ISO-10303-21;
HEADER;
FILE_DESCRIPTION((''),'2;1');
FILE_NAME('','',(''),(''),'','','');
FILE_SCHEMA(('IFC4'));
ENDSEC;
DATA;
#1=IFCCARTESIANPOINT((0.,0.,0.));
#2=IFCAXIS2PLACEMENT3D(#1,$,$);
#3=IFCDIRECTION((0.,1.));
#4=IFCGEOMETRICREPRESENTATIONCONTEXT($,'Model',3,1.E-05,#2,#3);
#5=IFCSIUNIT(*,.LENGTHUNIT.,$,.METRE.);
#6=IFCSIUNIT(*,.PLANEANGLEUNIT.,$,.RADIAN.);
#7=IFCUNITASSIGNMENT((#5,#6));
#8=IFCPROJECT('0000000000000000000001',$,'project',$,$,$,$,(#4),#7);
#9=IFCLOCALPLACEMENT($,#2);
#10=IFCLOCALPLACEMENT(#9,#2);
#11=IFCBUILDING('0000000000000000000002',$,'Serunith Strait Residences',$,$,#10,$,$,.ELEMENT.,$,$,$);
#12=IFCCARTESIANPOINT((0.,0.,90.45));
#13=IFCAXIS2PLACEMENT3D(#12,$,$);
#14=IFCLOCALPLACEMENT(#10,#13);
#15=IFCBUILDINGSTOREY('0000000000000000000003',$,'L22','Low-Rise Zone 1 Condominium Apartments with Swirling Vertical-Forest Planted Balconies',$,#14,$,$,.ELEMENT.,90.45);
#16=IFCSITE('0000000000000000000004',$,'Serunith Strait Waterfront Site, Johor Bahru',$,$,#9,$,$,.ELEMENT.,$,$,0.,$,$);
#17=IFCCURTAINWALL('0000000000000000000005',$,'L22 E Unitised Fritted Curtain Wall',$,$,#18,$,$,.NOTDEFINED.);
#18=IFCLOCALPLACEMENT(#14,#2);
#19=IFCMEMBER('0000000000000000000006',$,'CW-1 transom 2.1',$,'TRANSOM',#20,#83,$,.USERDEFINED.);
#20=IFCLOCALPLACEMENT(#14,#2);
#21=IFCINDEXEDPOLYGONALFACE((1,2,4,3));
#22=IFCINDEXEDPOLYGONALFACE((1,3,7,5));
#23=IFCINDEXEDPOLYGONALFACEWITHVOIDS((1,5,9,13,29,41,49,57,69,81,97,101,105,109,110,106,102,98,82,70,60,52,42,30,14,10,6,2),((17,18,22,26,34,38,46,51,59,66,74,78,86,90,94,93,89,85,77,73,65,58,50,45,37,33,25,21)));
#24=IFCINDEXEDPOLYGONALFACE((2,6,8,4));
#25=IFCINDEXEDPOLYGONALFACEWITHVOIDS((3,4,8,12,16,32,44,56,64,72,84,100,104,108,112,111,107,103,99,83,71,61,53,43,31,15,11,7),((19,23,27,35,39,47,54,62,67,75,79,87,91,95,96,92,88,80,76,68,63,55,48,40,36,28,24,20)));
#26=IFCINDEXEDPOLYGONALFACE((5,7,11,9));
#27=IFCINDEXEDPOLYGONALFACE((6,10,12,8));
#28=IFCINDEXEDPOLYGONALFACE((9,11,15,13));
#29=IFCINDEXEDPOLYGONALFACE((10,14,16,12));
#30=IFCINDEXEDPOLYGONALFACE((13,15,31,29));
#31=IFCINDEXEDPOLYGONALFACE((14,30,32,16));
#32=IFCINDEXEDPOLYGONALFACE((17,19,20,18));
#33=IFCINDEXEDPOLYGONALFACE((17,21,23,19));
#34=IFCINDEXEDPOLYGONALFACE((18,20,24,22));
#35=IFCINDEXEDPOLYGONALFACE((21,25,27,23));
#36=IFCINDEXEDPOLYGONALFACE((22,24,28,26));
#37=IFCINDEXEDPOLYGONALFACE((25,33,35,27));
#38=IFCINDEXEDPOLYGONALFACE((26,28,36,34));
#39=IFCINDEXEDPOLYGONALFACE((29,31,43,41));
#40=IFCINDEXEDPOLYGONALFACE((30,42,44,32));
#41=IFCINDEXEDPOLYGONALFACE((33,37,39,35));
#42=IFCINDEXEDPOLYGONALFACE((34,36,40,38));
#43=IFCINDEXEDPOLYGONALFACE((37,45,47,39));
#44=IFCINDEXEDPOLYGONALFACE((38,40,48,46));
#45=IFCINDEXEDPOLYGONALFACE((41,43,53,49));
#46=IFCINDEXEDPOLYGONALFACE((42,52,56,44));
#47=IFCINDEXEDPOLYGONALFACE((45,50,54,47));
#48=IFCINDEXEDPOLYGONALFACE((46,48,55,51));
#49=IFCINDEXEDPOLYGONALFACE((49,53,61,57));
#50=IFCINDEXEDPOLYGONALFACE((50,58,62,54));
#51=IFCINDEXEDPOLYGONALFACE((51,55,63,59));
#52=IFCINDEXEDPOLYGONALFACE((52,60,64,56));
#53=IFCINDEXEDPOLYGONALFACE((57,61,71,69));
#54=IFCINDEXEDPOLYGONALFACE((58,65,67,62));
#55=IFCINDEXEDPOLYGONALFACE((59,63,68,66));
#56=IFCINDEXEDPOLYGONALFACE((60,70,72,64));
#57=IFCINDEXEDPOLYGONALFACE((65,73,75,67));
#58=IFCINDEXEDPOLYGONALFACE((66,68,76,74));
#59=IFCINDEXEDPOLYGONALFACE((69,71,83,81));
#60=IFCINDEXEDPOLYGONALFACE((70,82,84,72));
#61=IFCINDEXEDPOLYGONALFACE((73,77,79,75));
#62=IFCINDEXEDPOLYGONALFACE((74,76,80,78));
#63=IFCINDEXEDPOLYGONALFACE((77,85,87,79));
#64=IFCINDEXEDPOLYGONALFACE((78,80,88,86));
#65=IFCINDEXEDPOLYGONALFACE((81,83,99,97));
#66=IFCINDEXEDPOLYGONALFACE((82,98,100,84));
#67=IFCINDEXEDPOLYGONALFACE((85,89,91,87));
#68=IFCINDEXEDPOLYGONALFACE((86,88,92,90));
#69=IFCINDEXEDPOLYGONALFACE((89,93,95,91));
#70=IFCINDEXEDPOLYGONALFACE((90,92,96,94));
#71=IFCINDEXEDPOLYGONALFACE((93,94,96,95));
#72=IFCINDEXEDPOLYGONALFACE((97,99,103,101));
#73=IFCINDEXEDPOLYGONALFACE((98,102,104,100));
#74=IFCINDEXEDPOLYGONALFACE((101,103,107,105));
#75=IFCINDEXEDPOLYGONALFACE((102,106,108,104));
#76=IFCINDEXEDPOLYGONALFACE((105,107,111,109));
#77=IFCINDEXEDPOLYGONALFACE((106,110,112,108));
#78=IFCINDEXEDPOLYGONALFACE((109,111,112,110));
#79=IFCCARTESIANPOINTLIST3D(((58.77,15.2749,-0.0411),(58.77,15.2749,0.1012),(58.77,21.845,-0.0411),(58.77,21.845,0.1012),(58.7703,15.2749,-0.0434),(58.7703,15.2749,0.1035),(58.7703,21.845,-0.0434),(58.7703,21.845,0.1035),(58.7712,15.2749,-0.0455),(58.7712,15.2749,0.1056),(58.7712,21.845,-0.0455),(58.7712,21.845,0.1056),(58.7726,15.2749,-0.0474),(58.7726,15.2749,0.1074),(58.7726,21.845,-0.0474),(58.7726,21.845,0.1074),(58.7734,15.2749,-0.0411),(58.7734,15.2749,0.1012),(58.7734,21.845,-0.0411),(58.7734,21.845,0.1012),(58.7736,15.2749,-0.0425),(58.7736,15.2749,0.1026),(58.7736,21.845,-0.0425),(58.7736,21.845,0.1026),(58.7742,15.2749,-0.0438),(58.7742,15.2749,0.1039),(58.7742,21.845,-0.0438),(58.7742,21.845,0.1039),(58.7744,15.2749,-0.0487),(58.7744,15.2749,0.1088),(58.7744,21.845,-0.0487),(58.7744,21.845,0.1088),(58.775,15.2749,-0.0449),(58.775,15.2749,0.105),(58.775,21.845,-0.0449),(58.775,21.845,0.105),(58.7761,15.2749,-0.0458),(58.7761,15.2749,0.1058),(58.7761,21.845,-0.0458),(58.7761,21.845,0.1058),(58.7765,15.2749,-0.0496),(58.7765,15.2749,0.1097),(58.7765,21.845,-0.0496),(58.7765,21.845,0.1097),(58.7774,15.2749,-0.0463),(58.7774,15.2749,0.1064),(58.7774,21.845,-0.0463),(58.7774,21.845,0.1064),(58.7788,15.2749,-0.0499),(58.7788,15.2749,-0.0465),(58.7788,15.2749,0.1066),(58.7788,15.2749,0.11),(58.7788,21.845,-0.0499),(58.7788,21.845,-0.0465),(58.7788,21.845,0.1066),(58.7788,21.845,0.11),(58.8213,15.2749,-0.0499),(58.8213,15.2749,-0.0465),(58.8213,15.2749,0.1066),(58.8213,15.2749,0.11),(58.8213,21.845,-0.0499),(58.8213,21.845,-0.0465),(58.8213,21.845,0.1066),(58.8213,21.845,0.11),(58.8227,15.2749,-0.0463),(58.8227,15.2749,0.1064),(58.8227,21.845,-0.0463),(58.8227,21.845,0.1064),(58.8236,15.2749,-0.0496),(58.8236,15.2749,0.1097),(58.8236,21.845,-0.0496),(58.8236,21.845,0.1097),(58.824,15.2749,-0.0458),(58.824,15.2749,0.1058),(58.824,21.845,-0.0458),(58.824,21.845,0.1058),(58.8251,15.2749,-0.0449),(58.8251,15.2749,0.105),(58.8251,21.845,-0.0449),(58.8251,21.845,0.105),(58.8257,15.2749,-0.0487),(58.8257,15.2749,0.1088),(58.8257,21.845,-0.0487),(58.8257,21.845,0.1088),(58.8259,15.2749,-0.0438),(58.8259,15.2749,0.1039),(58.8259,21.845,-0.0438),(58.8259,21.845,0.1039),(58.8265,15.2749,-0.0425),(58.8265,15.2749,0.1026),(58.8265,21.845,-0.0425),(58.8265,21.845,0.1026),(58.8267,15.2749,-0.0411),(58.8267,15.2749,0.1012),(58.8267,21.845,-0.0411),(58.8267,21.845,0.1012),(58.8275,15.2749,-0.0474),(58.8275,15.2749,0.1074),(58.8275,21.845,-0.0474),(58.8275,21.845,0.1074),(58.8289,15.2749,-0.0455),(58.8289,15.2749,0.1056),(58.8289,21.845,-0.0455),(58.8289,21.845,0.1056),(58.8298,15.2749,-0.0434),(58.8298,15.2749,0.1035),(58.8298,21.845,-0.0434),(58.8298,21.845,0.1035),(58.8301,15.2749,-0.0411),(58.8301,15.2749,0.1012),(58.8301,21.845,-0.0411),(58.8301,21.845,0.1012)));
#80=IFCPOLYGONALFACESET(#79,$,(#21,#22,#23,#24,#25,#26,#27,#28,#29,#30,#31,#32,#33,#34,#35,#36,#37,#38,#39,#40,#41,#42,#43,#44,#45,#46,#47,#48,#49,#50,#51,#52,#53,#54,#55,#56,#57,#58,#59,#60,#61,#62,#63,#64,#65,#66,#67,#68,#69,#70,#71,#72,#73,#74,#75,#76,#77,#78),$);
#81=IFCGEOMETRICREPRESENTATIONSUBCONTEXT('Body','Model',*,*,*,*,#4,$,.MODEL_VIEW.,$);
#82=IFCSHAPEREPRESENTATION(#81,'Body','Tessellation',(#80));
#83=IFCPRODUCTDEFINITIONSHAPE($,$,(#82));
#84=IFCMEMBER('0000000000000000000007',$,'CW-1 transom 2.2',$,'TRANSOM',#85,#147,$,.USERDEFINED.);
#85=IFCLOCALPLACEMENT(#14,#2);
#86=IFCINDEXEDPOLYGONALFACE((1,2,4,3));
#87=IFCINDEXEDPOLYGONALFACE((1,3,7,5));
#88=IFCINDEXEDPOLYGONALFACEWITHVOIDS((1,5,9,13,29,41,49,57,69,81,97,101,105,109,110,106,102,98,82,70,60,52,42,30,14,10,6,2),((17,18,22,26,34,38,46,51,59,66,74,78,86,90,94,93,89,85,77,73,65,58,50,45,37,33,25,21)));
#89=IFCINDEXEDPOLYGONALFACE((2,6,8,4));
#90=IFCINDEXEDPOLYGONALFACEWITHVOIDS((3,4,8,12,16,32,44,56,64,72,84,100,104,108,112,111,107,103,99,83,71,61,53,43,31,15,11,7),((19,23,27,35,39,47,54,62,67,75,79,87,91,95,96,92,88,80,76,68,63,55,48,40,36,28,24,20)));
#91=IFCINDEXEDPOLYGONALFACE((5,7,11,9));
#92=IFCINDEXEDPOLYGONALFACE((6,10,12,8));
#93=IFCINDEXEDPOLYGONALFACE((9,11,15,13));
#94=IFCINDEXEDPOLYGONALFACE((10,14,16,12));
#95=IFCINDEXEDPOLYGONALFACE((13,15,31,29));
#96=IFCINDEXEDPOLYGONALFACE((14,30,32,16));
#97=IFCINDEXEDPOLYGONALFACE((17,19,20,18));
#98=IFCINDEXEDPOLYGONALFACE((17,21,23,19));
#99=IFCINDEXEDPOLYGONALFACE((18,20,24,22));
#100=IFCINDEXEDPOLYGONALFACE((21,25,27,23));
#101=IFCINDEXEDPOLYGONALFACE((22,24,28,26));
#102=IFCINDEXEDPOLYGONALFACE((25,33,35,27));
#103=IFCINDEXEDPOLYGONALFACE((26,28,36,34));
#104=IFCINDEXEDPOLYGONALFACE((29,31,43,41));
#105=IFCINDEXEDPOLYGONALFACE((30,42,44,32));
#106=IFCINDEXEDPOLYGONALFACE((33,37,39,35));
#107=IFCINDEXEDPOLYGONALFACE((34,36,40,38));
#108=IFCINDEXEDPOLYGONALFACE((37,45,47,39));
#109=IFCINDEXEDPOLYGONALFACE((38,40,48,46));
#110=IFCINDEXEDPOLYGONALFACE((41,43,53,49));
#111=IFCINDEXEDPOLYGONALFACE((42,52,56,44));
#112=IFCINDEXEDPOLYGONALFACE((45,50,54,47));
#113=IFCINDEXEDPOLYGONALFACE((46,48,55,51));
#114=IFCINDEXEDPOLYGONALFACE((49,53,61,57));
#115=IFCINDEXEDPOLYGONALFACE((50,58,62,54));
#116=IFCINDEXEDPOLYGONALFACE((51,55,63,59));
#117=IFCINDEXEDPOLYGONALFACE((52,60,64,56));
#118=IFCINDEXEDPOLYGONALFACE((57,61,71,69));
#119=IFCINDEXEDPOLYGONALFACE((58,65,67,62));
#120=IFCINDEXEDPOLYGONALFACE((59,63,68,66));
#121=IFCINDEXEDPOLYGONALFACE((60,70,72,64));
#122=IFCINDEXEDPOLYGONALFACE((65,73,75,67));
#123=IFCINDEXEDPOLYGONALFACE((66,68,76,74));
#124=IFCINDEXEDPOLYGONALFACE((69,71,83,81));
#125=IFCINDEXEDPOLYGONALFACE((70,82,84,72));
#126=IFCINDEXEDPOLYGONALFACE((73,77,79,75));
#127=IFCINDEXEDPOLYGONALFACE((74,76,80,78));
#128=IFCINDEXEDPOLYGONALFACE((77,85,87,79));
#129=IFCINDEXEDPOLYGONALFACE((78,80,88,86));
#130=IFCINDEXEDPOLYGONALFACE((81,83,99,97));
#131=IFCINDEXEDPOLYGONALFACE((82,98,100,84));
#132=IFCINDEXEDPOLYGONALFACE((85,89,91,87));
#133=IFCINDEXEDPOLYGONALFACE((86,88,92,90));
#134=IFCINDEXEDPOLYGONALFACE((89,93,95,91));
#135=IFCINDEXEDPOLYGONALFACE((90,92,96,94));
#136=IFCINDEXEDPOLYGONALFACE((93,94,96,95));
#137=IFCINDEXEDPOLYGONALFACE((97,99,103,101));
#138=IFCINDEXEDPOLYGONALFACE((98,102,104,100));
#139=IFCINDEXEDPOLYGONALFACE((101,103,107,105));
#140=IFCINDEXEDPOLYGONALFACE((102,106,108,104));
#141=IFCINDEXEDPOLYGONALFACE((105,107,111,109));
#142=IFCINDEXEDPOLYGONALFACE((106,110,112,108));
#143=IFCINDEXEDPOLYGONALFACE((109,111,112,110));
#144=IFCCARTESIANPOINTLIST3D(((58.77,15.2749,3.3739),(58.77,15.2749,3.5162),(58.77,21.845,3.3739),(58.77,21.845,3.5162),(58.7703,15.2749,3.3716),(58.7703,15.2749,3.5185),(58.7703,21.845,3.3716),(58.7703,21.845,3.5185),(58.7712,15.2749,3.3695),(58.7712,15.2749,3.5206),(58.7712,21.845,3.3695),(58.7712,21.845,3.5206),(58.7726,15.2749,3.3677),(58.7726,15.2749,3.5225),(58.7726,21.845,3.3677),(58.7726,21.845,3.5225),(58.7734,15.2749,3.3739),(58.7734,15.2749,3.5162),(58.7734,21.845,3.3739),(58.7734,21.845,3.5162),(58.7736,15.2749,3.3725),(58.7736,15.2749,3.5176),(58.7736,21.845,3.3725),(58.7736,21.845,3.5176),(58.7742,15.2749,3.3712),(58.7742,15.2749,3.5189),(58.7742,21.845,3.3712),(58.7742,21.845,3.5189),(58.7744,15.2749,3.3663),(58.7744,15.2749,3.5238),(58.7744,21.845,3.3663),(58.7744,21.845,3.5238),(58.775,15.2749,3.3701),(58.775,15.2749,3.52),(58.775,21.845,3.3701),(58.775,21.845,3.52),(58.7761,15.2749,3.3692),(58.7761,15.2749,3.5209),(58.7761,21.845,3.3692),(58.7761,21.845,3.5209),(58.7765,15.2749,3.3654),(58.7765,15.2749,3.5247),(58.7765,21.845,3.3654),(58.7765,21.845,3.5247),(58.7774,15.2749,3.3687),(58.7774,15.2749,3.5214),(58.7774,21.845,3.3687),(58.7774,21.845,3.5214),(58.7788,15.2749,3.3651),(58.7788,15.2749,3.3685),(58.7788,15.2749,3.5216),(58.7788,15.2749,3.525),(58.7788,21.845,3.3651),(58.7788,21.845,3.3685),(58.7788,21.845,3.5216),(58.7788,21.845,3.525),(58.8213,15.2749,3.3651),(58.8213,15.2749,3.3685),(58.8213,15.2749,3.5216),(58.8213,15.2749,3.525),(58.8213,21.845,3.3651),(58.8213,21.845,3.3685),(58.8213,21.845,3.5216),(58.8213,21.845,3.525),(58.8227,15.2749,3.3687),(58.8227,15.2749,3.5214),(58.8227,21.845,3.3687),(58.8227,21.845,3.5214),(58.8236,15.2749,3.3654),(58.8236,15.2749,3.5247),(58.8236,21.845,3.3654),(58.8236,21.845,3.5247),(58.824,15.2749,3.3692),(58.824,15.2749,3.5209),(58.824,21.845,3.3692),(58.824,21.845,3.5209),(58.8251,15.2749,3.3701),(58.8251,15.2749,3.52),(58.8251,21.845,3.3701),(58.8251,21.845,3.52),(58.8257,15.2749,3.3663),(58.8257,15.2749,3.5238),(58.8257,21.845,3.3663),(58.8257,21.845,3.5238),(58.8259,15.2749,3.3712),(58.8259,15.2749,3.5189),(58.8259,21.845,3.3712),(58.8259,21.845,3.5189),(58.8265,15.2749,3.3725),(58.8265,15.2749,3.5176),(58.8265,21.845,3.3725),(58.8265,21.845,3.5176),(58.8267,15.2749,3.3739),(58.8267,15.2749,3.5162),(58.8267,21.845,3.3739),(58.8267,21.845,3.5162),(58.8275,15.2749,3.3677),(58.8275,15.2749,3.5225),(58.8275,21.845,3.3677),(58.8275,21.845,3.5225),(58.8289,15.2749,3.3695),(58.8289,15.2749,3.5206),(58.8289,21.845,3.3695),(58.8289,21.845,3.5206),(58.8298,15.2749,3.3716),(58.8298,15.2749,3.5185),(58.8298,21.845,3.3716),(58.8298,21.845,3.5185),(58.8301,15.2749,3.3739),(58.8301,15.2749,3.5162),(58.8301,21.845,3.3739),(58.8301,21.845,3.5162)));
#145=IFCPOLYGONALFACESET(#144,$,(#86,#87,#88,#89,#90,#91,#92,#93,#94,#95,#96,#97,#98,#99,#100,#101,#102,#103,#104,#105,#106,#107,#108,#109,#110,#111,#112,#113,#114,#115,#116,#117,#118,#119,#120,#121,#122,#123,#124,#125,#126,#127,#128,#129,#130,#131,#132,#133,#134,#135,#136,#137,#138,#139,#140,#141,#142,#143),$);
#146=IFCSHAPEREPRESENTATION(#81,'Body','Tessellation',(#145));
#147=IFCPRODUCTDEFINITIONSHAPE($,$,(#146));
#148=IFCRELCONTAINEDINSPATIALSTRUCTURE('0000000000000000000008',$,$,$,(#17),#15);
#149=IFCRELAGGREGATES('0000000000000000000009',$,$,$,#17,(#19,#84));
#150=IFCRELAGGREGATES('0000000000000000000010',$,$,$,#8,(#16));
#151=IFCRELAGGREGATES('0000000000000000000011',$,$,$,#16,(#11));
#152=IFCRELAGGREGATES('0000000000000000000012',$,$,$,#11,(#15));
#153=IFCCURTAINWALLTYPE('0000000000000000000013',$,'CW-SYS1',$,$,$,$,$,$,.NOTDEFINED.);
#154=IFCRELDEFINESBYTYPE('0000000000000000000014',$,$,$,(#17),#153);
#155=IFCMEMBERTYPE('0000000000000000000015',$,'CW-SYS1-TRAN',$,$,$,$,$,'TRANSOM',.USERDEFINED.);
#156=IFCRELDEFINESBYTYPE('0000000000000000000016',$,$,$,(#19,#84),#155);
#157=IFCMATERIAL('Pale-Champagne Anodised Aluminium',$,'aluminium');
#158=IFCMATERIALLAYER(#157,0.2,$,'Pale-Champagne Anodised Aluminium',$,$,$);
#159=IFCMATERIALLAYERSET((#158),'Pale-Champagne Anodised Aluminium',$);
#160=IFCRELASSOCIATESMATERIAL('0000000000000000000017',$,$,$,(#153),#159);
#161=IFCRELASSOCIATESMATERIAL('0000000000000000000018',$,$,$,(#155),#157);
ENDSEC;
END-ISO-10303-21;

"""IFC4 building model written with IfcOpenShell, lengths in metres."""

from ifc_helpers import new_model, si_unit, direction, frame, origin, origin_2d, place, context, subcontext, project, spatial, hollow_rectangle, extrude, source, transform, mapped, material, layer, layer_set, material_profile, profile_set, type_object, element, aggregate, save


model = new_model("IFC4")

# Units and contexts
model_context = context("Model", 3, precision=1e-05, world=origin(), true_north=direction((0.0, 1.0)))
body_context = subcontext(model_context, "Body", "Model", "MODEL_VIEW")
ifc_project = project(units=[si_unit("LENGTHUNIT", "METRE"), si_unit("PLANEANGLEUNIT", "RADIAN")], contexts=[model_context])

# Site, building, storey
site_placement = place(None, origin())
site = spatial("IfcSite", under=ifc_project, at=site_placement, Name="Serunith Strait Waterfront Site, Johor Bahru", CompositionType="ELEMENT", RefElevation=0.0)
building_placement = place(site_placement, origin())
building = spatial("IfcBuilding", under=site, at=building_placement, Name="Serunith Strait Residences", CompositionType="ELEMENT")
storey_placement = place(building_placement, frame((0.0, 0.0, 90.45)))
storey = spatial("IfcBuildingStorey", under=building, at=storey_placement, Name="L22", Description="Low-Rise Zone 1 Condominium Apartments with Swirling Vertical-Forest Planted Balconies", CompositionType="ELEMENT", Elevation=90.45)

# Curtain wall, members
ifc_material_1 = material(Name="Pale-Champagne Anodised Aluminium", Category="aluminium")
ifc_layer_1 = layer(ifc_material_1, 0.2, Name="Pale-Champagne Anodised Aluminium")
ifc_layer_set_1 = layer_set([ifc_layer_1], Name="Pale-Champagne Anodised Aluminium")
curtain_wall_type = type_object("IfcCurtainWallType", Name="CW-SYS1", PredefinedType="NOTDEFINED", material=ifc_layer_set_1)
curtain_wall_placement = place(storey_placement, origin())
curtain_wall = element("IfcCurtainWall", 1, at=curtain_wall_placement, inside=storey, type_object=curtain_wall_type, Name="L22 E Unitised Fritted Curtain Wall", PredefinedType="NOTDEFINED")
ifc_material_profile_1 = material_profile(ifc_material_1, hollow_rectangle(XDim=0.0601, YDim=0.1599, WallThickness=0.0034, InnerFilletRadius=0.0054, OuterFilletRadius=0.0088, at=origin_2d()), Name="ALU 160x60x3.5")
ifc_profile_set_1 = profile_set([ifc_material_profile_1], Name="Pale-Champagne Anodised Aluminium")
member_type_1 = type_object("IfcMemberType", Name="CW-SYS1-TRAN", ElementType="TRANSOM", PredefinedType="USERDEFINED", material=ifc_profile_set_1)
shared_shape_1 = source(origin(), body_context, "Body", "SweptSolid", [
    extrude(hollow_rectangle(XDim=0.0601, YDim=0.1599, WallThickness=0.0034, InnerFilletRadius=0.0054, OuterFilletRadius=0.0088, at=origin_2d()), origin(), (0.0, 0.0, 1.0), 6.5701),
])
member_1_placement = place(storey_placement, frame((58.8, 15.2749, 0.03), z_axis=(0.0, 1.0, 0.0), x_axis=(-1.0, 0.0, 0.0)))
member_1 = element("IfcMember", 2, at=member_1_placement, type_object=member_type_1, Name="CW-1 transom 2.1", ObjectType="TRANSOM", PredefinedType="USERDEFINED", context=body_context, shape_type="MappedRepresentation", body=[
    mapped(shared_shape_1, transform((0.0, 0.0, 0.0), scale=1.0)),
])
member_2_placement = place(storey_placement, frame((58.8, 15.2749, 3.4451), z_axis=(0.0, 1.0, 0.0), x_axis=(-1.0, 0.0, 0.0)))
member_2 = element("IfcMember", 3, at=member_2_placement, type_object=member_type_1, Name="CW-1 transom 2.2", ObjectType="TRANSOM", PredefinedType="USERDEFINED", context=body_context, shape_type="MappedRepresentation", body=[
    mapped(shared_shape_1, transform((0.0, 0.0, 0.0), scale=1.0)),
])
aggregate(curtain_wall, [member_1, member_2])

save(model, "model.ifc")
